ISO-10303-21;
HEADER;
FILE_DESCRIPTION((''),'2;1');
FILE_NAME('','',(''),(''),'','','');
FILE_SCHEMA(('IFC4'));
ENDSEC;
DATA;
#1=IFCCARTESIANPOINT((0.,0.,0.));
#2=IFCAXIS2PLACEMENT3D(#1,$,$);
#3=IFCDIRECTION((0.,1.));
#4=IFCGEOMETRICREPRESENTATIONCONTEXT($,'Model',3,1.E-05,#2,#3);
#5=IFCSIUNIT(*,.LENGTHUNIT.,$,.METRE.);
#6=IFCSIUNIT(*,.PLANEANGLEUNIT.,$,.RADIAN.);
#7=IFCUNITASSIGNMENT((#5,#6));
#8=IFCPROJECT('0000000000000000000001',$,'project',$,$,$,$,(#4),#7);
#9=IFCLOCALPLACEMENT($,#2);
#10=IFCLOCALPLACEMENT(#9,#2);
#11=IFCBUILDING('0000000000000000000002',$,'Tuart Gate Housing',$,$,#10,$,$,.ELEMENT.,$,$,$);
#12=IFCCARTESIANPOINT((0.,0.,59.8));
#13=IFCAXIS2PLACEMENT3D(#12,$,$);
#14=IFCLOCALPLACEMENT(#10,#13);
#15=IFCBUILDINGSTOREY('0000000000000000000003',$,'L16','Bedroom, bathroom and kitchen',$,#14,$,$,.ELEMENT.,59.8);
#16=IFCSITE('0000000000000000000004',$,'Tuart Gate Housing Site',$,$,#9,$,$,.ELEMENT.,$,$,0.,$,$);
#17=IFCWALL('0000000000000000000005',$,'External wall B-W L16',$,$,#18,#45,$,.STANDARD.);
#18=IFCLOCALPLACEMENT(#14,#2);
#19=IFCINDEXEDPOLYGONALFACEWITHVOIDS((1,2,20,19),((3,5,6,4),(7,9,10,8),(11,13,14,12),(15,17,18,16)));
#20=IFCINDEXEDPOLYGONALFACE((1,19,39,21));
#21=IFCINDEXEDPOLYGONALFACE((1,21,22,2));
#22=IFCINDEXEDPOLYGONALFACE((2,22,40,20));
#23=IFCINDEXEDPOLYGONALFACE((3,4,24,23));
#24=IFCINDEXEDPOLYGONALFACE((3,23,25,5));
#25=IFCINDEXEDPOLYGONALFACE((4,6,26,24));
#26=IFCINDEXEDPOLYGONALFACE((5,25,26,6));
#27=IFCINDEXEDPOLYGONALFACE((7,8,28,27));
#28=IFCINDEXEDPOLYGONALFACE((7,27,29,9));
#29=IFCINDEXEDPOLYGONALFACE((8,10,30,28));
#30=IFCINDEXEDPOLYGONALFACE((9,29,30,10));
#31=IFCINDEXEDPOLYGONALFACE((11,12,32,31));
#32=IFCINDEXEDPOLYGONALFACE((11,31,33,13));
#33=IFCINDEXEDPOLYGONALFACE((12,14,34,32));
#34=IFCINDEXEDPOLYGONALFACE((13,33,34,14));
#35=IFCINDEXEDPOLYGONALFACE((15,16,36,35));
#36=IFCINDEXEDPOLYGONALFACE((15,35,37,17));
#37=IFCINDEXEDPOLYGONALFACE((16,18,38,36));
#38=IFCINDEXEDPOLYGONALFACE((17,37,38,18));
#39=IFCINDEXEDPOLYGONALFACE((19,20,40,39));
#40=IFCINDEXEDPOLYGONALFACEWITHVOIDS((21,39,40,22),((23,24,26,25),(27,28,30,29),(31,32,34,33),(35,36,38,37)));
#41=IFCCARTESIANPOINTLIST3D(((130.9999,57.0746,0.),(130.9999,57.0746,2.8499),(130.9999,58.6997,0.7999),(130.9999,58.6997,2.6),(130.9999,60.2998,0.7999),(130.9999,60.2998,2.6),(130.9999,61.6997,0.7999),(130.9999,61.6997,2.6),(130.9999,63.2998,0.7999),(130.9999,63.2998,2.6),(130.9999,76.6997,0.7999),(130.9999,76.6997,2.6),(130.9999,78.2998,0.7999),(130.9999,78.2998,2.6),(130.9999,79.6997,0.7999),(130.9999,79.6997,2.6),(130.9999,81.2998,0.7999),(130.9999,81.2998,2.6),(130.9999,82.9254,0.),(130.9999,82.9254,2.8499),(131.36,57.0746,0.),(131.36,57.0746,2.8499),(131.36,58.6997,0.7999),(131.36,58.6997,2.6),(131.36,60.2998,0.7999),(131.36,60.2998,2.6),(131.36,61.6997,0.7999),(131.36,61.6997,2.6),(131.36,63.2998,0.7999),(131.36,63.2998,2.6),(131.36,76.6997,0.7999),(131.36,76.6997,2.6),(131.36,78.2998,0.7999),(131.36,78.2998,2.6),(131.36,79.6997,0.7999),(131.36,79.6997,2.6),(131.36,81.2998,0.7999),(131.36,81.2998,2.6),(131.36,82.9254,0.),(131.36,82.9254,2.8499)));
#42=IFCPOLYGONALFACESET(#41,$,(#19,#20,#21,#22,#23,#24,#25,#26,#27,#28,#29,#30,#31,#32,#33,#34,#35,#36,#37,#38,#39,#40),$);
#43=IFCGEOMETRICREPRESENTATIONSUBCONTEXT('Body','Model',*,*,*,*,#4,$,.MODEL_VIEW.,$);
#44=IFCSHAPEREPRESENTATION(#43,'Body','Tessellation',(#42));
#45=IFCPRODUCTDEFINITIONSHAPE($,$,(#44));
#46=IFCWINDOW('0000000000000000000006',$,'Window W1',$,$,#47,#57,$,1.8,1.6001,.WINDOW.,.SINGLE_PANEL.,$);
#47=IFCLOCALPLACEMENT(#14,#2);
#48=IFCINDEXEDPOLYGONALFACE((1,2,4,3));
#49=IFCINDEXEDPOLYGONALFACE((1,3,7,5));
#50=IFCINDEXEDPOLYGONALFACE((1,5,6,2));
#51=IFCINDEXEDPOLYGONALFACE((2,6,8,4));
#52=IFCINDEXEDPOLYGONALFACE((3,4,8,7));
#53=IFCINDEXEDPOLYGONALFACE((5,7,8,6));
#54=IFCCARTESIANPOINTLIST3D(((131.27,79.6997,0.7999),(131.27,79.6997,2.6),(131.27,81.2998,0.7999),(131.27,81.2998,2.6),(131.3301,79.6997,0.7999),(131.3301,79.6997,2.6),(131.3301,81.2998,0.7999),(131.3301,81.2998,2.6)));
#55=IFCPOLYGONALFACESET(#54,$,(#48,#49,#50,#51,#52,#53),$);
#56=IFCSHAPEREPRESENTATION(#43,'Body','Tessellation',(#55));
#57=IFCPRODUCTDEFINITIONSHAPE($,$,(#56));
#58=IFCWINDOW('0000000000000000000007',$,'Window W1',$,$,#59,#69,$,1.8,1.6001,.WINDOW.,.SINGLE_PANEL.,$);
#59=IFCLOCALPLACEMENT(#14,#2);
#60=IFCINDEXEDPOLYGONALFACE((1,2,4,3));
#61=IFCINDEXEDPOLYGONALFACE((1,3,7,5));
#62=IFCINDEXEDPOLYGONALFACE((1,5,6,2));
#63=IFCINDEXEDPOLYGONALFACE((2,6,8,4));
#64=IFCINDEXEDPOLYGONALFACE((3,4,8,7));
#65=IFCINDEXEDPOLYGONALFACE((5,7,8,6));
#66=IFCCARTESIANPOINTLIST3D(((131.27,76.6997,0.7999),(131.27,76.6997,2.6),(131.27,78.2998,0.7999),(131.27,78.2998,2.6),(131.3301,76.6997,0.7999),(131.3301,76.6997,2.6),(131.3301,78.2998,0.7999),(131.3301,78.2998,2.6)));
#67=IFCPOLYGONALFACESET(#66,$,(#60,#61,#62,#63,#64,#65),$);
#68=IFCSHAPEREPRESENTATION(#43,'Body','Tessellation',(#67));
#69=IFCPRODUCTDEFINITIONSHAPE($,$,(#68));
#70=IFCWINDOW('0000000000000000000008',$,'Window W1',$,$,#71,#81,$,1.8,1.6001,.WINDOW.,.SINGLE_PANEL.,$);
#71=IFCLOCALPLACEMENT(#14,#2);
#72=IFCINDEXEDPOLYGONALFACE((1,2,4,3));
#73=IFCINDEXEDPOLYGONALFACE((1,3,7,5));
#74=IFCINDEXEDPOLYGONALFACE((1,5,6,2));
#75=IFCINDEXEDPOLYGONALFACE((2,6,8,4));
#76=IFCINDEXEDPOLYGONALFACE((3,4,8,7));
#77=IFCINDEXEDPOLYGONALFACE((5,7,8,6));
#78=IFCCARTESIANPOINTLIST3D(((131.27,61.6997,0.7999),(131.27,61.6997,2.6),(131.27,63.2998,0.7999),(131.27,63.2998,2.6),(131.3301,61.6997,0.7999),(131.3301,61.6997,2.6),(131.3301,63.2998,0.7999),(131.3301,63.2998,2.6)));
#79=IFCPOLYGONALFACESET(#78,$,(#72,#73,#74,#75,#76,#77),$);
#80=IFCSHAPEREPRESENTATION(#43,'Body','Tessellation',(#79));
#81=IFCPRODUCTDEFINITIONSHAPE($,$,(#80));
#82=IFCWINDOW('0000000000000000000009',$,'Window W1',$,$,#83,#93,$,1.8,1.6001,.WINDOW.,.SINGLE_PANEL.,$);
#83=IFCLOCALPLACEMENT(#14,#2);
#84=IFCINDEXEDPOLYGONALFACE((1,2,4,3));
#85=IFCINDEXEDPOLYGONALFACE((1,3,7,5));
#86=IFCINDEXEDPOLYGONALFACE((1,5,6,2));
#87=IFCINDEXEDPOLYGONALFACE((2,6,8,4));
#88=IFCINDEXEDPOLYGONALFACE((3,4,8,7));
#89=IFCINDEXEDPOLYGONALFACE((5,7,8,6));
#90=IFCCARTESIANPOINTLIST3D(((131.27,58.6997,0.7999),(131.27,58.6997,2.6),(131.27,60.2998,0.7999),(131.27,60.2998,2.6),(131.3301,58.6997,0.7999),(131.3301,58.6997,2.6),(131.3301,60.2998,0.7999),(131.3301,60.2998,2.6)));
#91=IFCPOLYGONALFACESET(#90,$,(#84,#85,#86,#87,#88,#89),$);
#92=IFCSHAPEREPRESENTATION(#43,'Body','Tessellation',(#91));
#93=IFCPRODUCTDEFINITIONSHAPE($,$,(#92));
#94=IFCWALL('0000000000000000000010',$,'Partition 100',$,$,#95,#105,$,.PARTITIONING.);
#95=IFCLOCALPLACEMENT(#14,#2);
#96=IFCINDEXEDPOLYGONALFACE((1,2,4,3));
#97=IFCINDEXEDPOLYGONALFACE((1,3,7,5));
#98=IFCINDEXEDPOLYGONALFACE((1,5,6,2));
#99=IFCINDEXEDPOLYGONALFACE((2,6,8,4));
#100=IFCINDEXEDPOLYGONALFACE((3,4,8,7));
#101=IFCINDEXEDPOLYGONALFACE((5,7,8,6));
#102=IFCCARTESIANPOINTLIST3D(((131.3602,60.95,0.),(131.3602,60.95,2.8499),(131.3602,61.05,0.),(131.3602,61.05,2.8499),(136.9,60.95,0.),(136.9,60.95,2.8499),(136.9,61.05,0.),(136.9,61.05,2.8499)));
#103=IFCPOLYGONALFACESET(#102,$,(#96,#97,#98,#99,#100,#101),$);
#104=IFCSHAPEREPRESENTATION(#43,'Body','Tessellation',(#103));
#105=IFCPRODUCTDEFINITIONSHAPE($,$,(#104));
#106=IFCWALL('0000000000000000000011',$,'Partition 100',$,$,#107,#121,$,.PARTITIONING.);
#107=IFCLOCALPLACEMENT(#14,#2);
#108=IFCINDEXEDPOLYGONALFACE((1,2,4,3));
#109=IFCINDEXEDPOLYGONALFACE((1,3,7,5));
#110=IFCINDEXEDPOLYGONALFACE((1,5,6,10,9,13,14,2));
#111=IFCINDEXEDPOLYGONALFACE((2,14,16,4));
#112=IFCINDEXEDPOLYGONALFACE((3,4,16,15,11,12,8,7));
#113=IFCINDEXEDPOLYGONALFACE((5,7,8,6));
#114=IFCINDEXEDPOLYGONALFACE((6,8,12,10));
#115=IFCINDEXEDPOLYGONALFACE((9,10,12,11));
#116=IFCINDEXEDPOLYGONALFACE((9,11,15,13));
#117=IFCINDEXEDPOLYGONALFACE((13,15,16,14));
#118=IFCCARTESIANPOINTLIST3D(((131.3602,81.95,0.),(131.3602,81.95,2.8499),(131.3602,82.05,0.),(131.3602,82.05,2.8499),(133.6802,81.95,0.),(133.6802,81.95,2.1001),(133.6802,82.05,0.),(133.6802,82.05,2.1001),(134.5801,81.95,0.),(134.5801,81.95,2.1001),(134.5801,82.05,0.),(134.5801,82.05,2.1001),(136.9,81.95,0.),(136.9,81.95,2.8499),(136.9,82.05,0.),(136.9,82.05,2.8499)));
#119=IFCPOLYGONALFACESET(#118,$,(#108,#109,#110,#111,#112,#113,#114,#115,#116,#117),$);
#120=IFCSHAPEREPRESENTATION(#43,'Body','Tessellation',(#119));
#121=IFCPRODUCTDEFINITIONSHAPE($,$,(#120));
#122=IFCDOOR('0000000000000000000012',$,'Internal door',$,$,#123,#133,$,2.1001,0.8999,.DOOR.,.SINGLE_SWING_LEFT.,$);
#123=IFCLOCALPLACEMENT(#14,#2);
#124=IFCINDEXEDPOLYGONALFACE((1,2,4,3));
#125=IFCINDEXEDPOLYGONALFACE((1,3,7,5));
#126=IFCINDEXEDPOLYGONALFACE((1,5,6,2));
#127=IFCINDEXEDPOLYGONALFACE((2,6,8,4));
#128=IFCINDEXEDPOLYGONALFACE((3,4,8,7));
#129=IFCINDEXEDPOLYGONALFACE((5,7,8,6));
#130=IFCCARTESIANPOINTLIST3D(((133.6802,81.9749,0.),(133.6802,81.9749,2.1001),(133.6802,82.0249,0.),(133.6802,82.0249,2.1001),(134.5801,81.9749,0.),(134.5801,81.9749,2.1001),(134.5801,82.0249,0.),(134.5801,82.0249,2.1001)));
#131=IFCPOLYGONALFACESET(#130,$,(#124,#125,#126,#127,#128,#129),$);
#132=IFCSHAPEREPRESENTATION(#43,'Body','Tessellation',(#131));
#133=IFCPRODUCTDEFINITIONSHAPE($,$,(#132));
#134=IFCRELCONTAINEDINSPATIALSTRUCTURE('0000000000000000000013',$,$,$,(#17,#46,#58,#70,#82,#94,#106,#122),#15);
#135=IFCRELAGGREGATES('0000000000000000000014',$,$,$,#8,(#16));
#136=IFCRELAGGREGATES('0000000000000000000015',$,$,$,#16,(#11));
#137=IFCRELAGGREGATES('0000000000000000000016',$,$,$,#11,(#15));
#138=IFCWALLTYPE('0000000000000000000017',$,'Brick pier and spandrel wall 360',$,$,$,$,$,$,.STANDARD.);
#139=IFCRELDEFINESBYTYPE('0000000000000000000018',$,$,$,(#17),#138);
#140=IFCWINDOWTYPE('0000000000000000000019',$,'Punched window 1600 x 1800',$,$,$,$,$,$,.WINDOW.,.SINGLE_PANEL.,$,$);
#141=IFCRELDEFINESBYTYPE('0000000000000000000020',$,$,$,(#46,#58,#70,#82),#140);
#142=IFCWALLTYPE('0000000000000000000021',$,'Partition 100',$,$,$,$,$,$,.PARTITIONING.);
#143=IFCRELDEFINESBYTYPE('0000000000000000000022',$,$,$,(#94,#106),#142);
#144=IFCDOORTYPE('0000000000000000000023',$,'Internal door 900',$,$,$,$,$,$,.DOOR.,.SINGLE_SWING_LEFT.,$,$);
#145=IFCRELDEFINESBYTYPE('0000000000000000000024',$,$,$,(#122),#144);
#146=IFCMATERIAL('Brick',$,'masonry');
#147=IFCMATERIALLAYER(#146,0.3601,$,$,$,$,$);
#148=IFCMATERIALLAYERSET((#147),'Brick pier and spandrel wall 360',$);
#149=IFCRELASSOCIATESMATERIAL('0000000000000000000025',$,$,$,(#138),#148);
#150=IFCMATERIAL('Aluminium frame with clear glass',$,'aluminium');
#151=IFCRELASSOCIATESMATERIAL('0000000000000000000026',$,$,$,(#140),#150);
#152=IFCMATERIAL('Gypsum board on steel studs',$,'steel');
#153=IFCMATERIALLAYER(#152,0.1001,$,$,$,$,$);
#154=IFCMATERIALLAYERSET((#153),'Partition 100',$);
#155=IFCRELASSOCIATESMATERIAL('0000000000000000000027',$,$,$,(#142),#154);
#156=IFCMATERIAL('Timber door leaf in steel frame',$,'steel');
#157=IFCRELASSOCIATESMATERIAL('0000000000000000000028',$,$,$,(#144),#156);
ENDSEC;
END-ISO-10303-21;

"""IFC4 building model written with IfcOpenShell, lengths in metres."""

from ifc_helpers import new_model, si_unit, direction, frame, frame_2d, origin, place, context, subcontext, project, spatial, rectangle, extrude, material, layer, layer_set, type_object, element, fill, save


model = new_model("IFC4")

# Units and contexts
model_context = context("Model", 3, precision=1e-05, world=origin(), true_north=direction((0.0, 1.0)))
body_context = subcontext(model_context, "Body", "Model", "MODEL_VIEW")
ifc_project = project(units=[si_unit("LENGTHUNIT", "METRE"), si_unit("PLANEANGLEUNIT", "RADIAN")], contexts=[model_context])

# Site, building, storey
site_placement = place(None, origin())
site = spatial("IfcSite", under=ifc_project, at=site_placement, Name="Tuart Gate Housing Site", CompositionType="ELEMENT", RefElevation=0.0)
building_placement = place(site_placement, origin())
building = spatial("IfcBuilding", under=site, at=building_placement, Name="Tuart Gate Housing", CompositionType="ELEMENT")
storey_placement = place(building_placement, frame((0.0, 0.0, 59.8)))
storey = spatial("IfcBuildingStorey", under=building, at=storey_placement, Name="L16", Description="Bedroom, bathroom and kitchen", CompositionType="ELEMENT", Elevation=59.8)

# Shared definitions
ifc_material_1 = material(Name="Brick", Category="masonry")
ifc_layer_1 = layer(ifc_material_1, 0.3601)
ifc_layer_set_1 = layer_set([ifc_layer_1], Name="Brick pier and spandrel wall 360")
wall_type_1 = type_object("IfcWallType", Name="Brick pier and spandrel wall 360", PredefinedType="STANDARD", material=ifc_layer_set_1)
ifc_material_2 = material(Name="Aluminium frame with clear glass", Category="aluminium")
window_type = type_object("IfcWindowType", Name="Punched window 1600 x 1800", PartitioningType="SINGLE_PANEL", PredefinedType="WINDOW", material=ifc_material_2)

# Wall, openings, windows
wall_1_placement = place(storey_placement, frame((131.1799, 82.9253, 0.0), z_axis=(0.0, 0.0, 1.0), x_axis=(0.0, -1.0, 0.0)))
wall_1 = element("IfcWall", 1, at=wall_1_placement, inside=storey, type_object=wall_type_1, Name="External wall B-W L16", PredefinedType="STANDARD", context=body_context, shape_type="SweptSolid", body=[
    extrude(rectangle(XDim=25.8508, YDim=0.3601, at=frame_2d((12.9253, 0.0))), origin(), (0.0, 0.0, 1.0), 2.8499),
])
opening_1_placement = place(wall_1_placement, frame((1.6255, 0.0, 0.8)))
opening_1 = element("IfcOpeningElement", 2, at=opening_1_placement, cuts=wall_1, PredefinedType="OPENING", context=body_context, shape_type="SweptSolid", body=[
    extrude(rectangle(XDim=1.6001, YDim=1.8, at=frame_2d((0.8, 0.8999))), frame((0.0, 0.1899, 0.0), z_axis=(0.0, -1.0, 0.0), x_axis=(1.0, 0.0, 0.0)), (0.0, 0.0, 1.0), 0.3801),
])
opening_2_placement = place(wall_1_placement, frame((4.6255, 0.0, 0.8)))
opening_2 = element("IfcOpeningElement", 3, at=opening_2_placement, cuts=wall_1, PredefinedType="OPENING", context=body_context, shape_type="SweptSolid", body=[
    extrude(rectangle(XDim=1.6001, YDim=1.8, at=frame_2d((0.8, 0.8999))), frame((0.0, 0.1899, 0.0), z_axis=(0.0, -1.0, 0.0), x_axis=(1.0, 0.0, 0.0)), (0.0, 0.0, 1.0), 0.3801),
])
opening_3_placement = place(wall_1_placement, frame((19.6255, 0.0, 0.8)))
opening_3 = element("IfcOpeningElement", 4, at=opening_3_placement, cuts=wall_1, PredefinedType="OPENING", context=body_context, shape_type="SweptSolid", body=[
    extrude(rectangle(XDim=1.6001, YDim=1.8, at=frame_2d((0.8, 0.8999))), frame((0.0, 0.1899, 0.0), z_axis=(0.0, -1.0, 0.0), x_axis=(1.0, 0.0, 0.0)), (0.0, 0.0, 1.0), 0.3801),
])
opening_4_placement = place(wall_1_placement, frame((22.6255, 0.0, 0.8)))
opening_4 = element("IfcOpeningElement", 5, at=opening_4_placement, cuts=wall_1, PredefinedType="OPENING", context=body_context, shape_type="SweptSolid", body=[
    extrude(rectangle(XDim=1.6001, YDim=1.8, at=frame_2d((0.8, 0.8999))), frame((0.0, 0.1899, 0.0), z_axis=(0.0, -1.0, 0.0), x_axis=(1.0, 0.0, 0.0)), (0.0, 0.0, 1.0), 0.3801),
])
window_1_placement = place(opening_1_placement, origin())
window_1 = element("IfcWindow", 6, at=window_1_placement, inside=storey, type_object=window_type, Name="Window W1", OverallHeight=1.8, OverallWidth=1.6001, PartitioningType="SINGLE_PANEL", PredefinedType="WINDOW", context=body_context, shape_type="SweptSolid", body=[
    extrude(rectangle(XDim=1.6001, YDim=1.8, at=frame_2d((0.8, 0.8999))), frame((0.0, 0.1501, 0.0), z_axis=(0.0, -1.0, 0.0), x_axis=(1.0, 0.0, 0.0)), (0.0, 0.0, 1.0), 0.0601),
])
fill(opening_1, window_1)
window_2_placement = place(opening_2_placement, origin())
window_2 = element("IfcWindow", 7, at=window_2_placement, inside=storey, type_object=window_type, Name="Window W1", OverallHeight=1.8, OverallWidth=1.6001, PartitioningType="SINGLE_PANEL", PredefinedType="WINDOW", context=body_context, shape_type="SweptSolid", body=[
    extrude(rectangle(XDim=1.6001, YDim=1.8, at=frame_2d((0.8, 0.8999))), frame((0.0, 0.1501, 0.0), z_axis=(0.0, -1.0, 0.0), x_axis=(1.0, 0.0, 0.0)), (0.0, 0.0, 1.0), 0.0601),
])
fill(opening_2, window_2)
window_3_placement = place(opening_3_placement, origin())
window_3 = element("IfcWindow", 8, at=window_3_placement, inside=storey, type_object=window_type, Name="Window W1", OverallHeight=1.8, OverallWidth=1.6001, PartitioningType="SINGLE_PANEL", PredefinedType="WINDOW", context=body_context, shape_type="SweptSolid", body=[
    extrude(rectangle(XDim=1.6001, YDim=1.8, at=frame_2d((0.8, 0.8999))), frame((0.0, 0.1501, 0.0), z_axis=(0.0, -1.0, 0.0), x_axis=(1.0, 0.0, 0.0)), (0.0, 0.0, 1.0), 0.0601),
])
fill(opening_3, window_3)
window_4_placement = place(opening_4_placement, origin())
window_4 = element("IfcWindow", 9, at=window_4_placement, inside=storey, type_object=window_type, Name="Window W1", OverallHeight=1.8, OverallWidth=1.6001, PartitioningType="SINGLE_PANEL", PredefinedType="WINDOW", context=body_context, shape_type="SweptSolid", body=[
    extrude(rectangle(XDim=1.6001, YDim=1.8, at=frame_2d((0.8, 0.8999))), frame((0.0, 0.1501, 0.0), z_axis=(0.0, -1.0, 0.0), x_axis=(1.0, 0.0, 0.0)), (0.0, 0.0, 1.0), 0.0601),
])
fill(opening_4, window_4)

# Wall
ifc_material_3 = material(Name="Gypsum board on steel studs", Category="steel")
ifc_layer_2 = layer(ifc_material_3, 0.1001)
ifc_layer_set_2 = layer_set([ifc_layer_2], Name="Partition 100")
wall_type_2 = type_object("IfcWallType", Name="Partition 100", PredefinedType="PARTITIONING", material=ifc_layer_set_2)
wall_2_placement = place(storey_placement, frame((131.3601, 61.0, 0.0), z_axis=(0.0, 0.0, 1.0), x_axis=(1.0, 0.0, 0.0)))
element("IfcWall", 10, at=wall_2_placement, inside=storey, type_object=wall_type_2, Name="Partition 100", PredefinedType="PARTITIONING", context=body_context, shape_type="SweptSolid", body=[
    extrude(rectangle(XDim=5.5398, YDim=0.1001, at=frame_2d((2.77, 0.0))), origin(), (0.0, 0.0, 1.0), 2.8499),
])

# Wall, opening, door
wall_3_placement = place(storey_placement, frame((131.3601, 82.0, 0.0), z_axis=(0.0, 0.0, 1.0), x_axis=(1.0, 0.0, 0.0)))
wall_3 = element("IfcWall", 11, at=wall_3_placement, inside=storey, type_object=wall_type_2, Name="Partition 100", PredefinedType="PARTITIONING", context=body_context, shape_type="SweptSolid", body=[
    extrude(rectangle(XDim=5.5398, YDim=0.1001, at=frame_2d((2.77, 0.0))), origin(), (0.0, 0.0, 1.0), 2.8499),
])
opening_5_placement = place(wall_3_placement, frame((2.3201, 0.0, 0.0)))
opening_5 = element("IfcOpeningElement", 12, at=opening_5_placement, cuts=wall_3, PredefinedType="OPENING", context=body_context, shape_type="SweptSolid", body=[
    extrude(rectangle(XDim=0.8999, YDim=2.1001, at=frame_2d((0.45, 1.05))), frame((0.0, 0.0601, 0.0), z_axis=(0.0, -1.0, 0.0), x_axis=(1.0, 0.0, 0.0)), (0.0, 0.0, 1.0), 0.1201),
])
ifc_material_4 = material(Name="Timber door leaf in steel frame", Category="steel")
door_type = type_object("IfcDoorType", Name="Internal door 900", OperationType="SINGLE_SWING_LEFT", PredefinedType="DOOR", material=ifc_material_4)
door_placement = place(opening_5_placement, origin())
door = element("IfcDoor", 13, at=door_placement, inside=storey, type_object=door_type, Name="Internal door", OperationType="SINGLE_SWING_LEFT", OverallHeight=2.1001, OverallWidth=0.8999, PredefinedType="DOOR", context=body_context, shape_type="SweptSolid", body=[
    extrude(rectangle(XDim=0.8999, YDim=2.1001, at=frame_2d((0.45, 1.05))), frame((0.0, 0.0249, 0.0), z_axis=(0.0, -1.0, 0.0), x_axis=(1.0, 0.0, 0.0)), (0.0, 0.0, 1.0), 0.05),
])
fill(opening_5, door)

save(model, "model.ifc")
